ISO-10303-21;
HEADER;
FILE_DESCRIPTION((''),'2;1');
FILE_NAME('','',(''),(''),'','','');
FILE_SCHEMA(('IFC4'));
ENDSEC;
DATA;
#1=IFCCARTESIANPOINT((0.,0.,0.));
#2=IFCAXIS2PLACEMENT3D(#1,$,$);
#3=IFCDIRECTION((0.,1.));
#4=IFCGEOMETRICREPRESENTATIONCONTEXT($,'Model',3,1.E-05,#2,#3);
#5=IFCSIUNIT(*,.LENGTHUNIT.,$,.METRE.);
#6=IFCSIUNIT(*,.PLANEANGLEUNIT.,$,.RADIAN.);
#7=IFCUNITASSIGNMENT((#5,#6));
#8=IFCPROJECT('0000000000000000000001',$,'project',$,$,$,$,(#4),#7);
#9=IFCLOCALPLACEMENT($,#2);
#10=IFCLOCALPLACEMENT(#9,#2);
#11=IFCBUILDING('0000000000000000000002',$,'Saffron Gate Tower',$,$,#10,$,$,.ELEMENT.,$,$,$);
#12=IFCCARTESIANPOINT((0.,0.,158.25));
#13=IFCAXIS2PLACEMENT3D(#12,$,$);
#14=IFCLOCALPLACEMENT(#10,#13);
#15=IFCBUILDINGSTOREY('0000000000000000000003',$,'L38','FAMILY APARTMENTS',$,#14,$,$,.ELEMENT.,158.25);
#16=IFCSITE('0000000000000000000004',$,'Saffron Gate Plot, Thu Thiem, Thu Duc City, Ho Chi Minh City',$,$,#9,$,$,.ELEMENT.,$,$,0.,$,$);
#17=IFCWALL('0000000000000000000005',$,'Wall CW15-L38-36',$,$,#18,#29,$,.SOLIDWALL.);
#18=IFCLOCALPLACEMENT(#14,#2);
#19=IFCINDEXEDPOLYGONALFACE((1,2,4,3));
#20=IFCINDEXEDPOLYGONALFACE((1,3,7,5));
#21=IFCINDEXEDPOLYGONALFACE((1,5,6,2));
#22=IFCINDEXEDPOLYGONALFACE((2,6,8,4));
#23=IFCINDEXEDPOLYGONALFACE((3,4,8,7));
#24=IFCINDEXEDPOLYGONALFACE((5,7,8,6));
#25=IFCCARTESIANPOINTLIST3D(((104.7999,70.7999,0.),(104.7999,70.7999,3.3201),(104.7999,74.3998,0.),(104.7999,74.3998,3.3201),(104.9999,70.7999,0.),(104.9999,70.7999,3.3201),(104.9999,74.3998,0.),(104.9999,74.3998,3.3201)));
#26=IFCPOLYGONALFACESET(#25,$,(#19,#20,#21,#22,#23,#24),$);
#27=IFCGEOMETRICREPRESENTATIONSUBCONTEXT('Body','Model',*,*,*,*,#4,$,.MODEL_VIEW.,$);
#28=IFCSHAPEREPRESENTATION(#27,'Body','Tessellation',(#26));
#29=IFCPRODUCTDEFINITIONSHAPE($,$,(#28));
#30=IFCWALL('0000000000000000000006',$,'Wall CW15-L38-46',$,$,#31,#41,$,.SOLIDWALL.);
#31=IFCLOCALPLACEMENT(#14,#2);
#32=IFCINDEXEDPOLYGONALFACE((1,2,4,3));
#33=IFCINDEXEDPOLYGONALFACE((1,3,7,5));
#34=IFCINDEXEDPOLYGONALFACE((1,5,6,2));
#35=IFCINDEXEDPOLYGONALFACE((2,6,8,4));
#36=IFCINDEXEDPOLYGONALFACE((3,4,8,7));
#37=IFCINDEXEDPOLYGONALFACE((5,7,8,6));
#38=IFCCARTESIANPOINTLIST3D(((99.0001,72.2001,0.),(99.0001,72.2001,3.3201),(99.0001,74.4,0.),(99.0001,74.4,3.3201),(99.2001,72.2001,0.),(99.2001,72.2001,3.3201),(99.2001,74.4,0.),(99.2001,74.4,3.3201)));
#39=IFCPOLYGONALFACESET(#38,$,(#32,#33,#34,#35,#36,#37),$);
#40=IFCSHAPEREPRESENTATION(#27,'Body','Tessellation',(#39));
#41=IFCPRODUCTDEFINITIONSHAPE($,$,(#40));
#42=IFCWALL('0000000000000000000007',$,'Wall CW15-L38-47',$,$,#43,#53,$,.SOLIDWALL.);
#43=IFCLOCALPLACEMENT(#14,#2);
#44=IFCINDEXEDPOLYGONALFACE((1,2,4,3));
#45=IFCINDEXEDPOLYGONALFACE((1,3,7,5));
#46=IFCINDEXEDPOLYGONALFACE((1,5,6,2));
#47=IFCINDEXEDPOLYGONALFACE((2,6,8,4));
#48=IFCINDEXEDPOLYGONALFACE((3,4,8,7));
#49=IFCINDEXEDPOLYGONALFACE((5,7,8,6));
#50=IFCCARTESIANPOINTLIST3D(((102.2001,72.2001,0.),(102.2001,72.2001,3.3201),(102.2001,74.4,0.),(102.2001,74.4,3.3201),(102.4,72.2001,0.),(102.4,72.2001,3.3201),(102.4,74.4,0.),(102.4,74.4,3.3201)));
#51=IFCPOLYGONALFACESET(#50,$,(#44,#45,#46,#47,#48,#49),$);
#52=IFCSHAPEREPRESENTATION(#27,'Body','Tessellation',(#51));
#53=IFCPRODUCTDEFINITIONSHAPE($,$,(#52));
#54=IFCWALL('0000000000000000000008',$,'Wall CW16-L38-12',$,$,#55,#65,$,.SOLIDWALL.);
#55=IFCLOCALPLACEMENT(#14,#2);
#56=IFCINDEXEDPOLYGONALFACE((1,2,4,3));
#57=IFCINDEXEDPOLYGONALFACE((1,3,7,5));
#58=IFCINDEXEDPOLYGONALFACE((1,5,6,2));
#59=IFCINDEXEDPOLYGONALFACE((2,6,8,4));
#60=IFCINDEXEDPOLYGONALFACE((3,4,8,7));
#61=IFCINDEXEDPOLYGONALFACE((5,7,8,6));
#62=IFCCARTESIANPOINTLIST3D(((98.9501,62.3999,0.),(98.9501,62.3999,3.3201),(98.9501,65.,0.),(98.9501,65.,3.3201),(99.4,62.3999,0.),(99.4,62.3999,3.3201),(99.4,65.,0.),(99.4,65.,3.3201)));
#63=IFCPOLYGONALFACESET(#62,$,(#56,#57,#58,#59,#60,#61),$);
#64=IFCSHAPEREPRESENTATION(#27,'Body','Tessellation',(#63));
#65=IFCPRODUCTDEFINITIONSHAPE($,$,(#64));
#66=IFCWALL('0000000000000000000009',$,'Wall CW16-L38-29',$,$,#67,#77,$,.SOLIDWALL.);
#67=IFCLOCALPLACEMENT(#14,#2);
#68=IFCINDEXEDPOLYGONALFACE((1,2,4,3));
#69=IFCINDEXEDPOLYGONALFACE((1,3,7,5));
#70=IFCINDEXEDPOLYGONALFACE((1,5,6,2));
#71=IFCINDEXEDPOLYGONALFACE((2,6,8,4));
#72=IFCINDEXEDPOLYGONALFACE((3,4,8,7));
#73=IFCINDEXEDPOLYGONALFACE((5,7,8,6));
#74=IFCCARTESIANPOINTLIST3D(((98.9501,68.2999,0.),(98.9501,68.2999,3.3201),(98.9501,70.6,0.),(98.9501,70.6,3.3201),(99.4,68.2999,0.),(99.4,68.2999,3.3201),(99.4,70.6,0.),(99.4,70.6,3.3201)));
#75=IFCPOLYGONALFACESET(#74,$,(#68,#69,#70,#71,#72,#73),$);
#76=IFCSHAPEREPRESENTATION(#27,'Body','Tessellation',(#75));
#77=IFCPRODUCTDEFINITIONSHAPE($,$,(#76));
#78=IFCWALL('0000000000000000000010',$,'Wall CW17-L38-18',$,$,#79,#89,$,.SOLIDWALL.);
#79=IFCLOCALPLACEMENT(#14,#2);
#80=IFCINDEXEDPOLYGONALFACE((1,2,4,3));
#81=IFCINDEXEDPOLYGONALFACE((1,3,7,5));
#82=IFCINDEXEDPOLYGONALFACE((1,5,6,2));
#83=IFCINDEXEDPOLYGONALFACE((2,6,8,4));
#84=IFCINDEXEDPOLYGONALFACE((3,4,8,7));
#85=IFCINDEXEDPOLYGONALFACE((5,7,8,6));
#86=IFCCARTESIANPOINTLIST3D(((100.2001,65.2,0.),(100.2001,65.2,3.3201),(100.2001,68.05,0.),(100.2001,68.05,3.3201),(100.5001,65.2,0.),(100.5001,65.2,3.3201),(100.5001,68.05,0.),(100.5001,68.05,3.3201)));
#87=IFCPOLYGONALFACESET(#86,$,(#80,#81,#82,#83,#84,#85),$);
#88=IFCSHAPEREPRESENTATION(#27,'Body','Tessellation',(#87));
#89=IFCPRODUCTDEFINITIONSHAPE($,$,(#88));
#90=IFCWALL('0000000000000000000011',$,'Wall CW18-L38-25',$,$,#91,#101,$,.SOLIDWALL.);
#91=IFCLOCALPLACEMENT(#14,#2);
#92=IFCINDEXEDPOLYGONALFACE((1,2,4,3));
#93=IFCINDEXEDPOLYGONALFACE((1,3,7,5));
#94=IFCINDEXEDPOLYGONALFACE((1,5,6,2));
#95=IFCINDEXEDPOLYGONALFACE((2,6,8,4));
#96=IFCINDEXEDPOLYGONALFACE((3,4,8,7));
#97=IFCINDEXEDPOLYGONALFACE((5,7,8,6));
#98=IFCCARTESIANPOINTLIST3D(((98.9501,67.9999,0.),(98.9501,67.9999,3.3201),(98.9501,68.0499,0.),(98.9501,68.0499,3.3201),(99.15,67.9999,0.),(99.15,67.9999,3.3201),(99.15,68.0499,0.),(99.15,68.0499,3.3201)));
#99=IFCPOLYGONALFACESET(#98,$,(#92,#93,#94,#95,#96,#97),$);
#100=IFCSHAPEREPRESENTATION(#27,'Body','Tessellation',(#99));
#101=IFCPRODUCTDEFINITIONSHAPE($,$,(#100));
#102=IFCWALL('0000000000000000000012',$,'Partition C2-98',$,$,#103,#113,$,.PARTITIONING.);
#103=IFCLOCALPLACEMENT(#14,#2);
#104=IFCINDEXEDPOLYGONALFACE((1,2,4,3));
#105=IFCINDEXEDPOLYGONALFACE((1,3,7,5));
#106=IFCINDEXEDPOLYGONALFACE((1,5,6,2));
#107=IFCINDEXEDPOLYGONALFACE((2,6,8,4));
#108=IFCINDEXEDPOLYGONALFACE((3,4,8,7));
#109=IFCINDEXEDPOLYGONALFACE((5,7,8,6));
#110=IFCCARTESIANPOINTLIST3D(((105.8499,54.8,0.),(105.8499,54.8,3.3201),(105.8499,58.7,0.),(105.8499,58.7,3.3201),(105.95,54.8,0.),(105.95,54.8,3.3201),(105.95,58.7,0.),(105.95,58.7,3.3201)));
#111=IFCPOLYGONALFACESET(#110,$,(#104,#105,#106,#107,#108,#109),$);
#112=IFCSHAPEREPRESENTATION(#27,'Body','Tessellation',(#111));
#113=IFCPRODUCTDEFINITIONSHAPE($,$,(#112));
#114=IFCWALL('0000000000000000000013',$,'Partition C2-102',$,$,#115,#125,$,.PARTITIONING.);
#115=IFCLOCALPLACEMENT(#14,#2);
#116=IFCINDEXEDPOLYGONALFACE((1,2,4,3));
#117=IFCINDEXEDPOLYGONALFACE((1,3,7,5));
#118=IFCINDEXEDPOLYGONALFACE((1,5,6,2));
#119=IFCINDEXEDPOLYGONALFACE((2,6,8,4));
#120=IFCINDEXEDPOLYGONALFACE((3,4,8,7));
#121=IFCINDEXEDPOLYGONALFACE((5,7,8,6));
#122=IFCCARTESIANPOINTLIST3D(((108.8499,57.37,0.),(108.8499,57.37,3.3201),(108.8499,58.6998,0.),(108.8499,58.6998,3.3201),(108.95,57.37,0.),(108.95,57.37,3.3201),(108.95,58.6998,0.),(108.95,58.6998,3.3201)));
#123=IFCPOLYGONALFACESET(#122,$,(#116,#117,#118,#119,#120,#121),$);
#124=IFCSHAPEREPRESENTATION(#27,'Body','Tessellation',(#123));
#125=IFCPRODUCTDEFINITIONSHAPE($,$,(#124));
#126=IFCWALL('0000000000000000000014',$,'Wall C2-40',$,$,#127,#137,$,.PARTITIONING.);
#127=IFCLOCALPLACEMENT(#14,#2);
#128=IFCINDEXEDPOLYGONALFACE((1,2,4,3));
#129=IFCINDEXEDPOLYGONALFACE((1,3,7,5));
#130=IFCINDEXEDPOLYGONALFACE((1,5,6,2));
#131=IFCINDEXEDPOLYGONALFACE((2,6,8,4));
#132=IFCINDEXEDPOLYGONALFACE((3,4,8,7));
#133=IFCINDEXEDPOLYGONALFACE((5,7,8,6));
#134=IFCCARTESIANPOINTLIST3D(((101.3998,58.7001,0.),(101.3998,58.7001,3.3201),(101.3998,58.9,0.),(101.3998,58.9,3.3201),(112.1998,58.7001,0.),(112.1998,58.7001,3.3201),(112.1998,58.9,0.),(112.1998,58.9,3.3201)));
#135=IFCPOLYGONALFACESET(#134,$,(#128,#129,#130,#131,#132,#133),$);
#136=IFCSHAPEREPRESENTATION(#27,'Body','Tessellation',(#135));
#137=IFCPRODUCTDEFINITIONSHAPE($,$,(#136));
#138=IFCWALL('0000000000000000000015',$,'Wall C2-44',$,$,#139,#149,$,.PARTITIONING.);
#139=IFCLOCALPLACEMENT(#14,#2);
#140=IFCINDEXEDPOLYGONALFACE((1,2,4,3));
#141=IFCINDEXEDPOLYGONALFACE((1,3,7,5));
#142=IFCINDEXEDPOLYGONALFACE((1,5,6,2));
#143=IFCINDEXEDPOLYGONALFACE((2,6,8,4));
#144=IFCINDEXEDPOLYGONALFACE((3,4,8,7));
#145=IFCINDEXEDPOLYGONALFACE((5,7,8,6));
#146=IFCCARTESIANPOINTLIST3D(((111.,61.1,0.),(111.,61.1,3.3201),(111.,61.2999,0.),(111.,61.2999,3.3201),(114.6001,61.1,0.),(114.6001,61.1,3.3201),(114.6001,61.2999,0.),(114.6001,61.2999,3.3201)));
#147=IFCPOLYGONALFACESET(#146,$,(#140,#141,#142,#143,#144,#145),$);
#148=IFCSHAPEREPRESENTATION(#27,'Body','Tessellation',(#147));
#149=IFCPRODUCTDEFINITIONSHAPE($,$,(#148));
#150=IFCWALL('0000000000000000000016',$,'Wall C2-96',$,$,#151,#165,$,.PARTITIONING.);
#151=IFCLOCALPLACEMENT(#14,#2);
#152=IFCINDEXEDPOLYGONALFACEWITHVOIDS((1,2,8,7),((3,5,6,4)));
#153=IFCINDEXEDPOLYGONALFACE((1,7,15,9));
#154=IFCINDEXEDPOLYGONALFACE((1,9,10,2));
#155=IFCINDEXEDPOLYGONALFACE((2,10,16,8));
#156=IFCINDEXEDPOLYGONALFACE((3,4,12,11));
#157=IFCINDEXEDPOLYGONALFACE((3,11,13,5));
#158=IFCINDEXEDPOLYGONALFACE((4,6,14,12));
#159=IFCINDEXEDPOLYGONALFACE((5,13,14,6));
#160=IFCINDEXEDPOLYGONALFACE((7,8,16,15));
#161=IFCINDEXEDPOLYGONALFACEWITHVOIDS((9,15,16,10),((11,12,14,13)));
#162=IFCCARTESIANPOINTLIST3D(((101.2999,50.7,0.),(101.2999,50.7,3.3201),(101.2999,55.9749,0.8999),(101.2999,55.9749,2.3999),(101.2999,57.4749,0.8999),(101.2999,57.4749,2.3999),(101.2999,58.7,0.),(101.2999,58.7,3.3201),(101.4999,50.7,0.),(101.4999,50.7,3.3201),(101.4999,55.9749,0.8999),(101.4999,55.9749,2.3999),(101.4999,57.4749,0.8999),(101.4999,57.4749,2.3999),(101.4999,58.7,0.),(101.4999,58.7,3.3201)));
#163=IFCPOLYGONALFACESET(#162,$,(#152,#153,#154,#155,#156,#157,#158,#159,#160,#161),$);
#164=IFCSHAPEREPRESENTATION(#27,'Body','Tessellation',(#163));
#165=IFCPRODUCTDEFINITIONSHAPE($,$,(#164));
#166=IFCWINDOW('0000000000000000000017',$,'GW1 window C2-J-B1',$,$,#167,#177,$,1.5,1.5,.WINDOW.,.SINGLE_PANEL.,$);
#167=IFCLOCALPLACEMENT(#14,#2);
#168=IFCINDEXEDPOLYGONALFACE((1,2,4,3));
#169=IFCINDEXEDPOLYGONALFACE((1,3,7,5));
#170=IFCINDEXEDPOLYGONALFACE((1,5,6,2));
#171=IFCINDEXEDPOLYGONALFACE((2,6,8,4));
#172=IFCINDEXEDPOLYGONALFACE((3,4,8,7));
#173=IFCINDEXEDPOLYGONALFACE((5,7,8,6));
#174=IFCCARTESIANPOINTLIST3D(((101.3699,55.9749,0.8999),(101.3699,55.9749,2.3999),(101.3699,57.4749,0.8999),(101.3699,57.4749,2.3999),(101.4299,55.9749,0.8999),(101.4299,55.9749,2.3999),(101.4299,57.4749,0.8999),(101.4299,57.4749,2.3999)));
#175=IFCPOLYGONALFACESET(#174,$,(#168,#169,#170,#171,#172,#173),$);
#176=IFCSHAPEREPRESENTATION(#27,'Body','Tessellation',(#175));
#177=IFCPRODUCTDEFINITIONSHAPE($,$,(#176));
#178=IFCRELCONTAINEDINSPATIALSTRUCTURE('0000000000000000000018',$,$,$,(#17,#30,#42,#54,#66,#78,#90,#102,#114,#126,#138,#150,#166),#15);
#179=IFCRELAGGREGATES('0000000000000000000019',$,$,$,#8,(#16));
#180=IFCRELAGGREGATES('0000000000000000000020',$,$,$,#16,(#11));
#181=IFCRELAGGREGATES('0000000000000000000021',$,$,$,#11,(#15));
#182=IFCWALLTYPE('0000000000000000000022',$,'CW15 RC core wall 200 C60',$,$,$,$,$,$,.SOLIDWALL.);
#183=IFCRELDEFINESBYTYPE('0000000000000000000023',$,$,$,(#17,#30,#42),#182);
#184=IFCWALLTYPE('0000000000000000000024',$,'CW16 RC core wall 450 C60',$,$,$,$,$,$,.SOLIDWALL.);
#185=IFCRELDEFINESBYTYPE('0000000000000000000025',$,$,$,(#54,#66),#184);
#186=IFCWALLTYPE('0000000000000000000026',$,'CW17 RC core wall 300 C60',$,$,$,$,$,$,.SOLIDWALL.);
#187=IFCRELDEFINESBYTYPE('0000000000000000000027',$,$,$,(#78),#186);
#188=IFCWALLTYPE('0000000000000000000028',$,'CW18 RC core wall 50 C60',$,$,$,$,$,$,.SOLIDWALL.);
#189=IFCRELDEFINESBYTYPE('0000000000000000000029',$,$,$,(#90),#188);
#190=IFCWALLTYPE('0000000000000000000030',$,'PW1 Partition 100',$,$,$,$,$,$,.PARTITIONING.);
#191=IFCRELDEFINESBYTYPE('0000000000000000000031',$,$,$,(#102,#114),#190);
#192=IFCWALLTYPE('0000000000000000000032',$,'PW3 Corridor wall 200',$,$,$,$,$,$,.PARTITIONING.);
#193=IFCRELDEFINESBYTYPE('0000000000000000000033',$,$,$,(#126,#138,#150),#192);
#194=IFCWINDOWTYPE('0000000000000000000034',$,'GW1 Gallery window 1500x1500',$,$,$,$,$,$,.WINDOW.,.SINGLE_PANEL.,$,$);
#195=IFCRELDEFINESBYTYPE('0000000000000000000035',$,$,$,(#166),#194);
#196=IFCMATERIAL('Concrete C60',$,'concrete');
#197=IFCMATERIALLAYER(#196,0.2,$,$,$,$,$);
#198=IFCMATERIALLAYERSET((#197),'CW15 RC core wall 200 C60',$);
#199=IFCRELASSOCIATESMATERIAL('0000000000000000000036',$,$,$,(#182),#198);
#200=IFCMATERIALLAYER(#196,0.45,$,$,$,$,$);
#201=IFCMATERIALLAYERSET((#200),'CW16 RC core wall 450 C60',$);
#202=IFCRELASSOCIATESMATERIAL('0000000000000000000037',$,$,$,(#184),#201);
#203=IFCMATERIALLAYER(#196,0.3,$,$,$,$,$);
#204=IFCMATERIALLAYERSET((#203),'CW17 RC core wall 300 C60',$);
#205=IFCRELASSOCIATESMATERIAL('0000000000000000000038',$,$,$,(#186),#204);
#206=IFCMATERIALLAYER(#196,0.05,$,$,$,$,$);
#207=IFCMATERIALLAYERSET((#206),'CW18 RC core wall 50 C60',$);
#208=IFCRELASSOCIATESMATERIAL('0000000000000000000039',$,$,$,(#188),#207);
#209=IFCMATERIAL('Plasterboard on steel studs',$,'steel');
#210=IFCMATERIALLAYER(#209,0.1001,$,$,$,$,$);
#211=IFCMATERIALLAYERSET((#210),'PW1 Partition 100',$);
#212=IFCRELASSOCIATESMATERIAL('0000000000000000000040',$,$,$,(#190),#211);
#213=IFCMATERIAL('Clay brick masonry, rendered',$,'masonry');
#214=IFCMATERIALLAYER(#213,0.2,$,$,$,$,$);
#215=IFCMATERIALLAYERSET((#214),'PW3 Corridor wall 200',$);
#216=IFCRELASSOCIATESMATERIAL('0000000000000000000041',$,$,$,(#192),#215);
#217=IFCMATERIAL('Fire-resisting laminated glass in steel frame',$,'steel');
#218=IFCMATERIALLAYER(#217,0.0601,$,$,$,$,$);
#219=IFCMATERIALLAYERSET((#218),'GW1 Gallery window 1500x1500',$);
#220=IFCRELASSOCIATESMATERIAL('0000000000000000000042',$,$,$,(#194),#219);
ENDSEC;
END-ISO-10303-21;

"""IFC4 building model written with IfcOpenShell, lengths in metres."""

from ifc_helpers import new_model, si_unit, direction, frame, frame_2d, origin, place, context, subcontext, project, spatial, rectangle, extrude, material, layer, layer_set, type_object, element, fill, save


model = new_model("IFC4")

# Units and contexts
model_context = context("Model", 3, precision=1e-05, world=origin(), true_north=direction((0.0, 1.0)))
body_context = subcontext(model_context, "Body", "Model", "MODEL_VIEW")
ifc_project = project(units=[si_unit("LENGTHUNIT", "METRE"), si_unit("PLANEANGLEUNIT", "RADIAN")], contexts=[model_context])

# Site, building, storey
site_placement = place(None, origin())
site = spatial("IfcSite", under=ifc_project, at=site_placement, Name="Saffron Gate Plot, Thu Thiem, Thu Duc City, Ho Chi Minh City", CompositionType="ELEMENT", RefElevation=0.0)
building_placement = place(site_placement, origin())
building = spatial("IfcBuilding", under=site, at=building_placement, Name="Saffron Gate Tower", CompositionType="ELEMENT")
storey_placement = place(building_placement, frame((0.0, 0.0, 158.25)))
storey = spatial("IfcBuildingStorey", under=building, at=storey_placement, Name="L38", Description="FAMILY APARTMENTS", CompositionType="ELEMENT", Elevation=158.25)

# Shared definitions
ifc_material_1 = material(Name="Concrete C60", Category="concrete")

# Walls
ifc_layer_1 = layer(ifc_material_1, 0.2)
ifc_layer_set_1 = layer_set([ifc_layer_1], Name="CW15 RC core wall 200 C60")
wall_type_1 = type_object("IfcWallType", Name="CW15 RC core wall 200 C60", PredefinedType="SOLIDWALL", material=ifc_layer_set_1)
wall_1_placement = place(storey_placement, frame((104.8999, 70.8, 0.0), z_axis=(0.0, 0.0, 1.0), x_axis=(0.0, 1.0, 0.0)))
element("IfcWall", 1, at=wall_1_placement, inside=storey, type_object=wall_type_1, Name="Wall CW15-L38-36", PredefinedType="SOLIDWALL", context=body_context, shape_type="SweptSolid", body=[
    extrude(rectangle(XDim=3.5999, YDim=0.2, at=frame_2d((1.7998, 0.0))), origin(), (0.0, 0.0, 1.0), 3.3201),
])
for number, where, z_axis, x_axis, name in (
    (2, (99.1001, 72.2, 0.0), (0.0, 0.0, 1.0), (0.0, 1.0, 0.0), "Wall CW15-L38-46"),
    (3, (102.3, 72.2, 0.0), (0.0, 0.0, 1.0), (0.0, 1.0, 0.0), "Wall CW15-L38-47"),
):
    element("IfcWall", number, at=place(storey_placement, frame(where, z_axis=z_axis, x_axis=x_axis)), inside=storey, type_object=wall_type_1, Name=name, PredefinedType="SOLIDWALL", context=body_context, shape_type="SweptSolid", body=[
        extrude(rectangle(XDim=2.2, YDim=0.2, at=frame_2d((1.1001, 0.0))), origin(), (0.0, 0.0, 1.0), 3.3201),
    ])
ifc_layer_2 = layer(ifc_material_1, 0.45)
ifc_layer_set_2 = layer_set([ifc_layer_2], Name="CW16 RC core wall 450 C60")
wall_type_2 = type_object("IfcWallType", Name="CW16 RC core wall 450 C60", PredefinedType="SOLIDWALL", material=ifc_layer_set_2)
wall_2_placement = place(storey_placement, frame((99.175, 62.3999, 0.0), z_axis=(0.0, 0.0, 1.0), x_axis=(0.0, 1.0, 0.0)))
element("IfcWall", 4, at=wall_2_placement, inside=storey, type_object=wall_type_2, Name="Wall CW16-L38-12", PredefinedType="SOLIDWALL", context=body_context, shape_type="SweptSolid", body=[
    extrude(rectangle(XDim=2.6001, YDim=0.45, at=frame_2d((1.3, 0.0))), origin(), (0.0, 0.0, 1.0), 3.3201),
])
wall_3_placement = place(storey_placement, frame((99.175, 68.3, 0.0), z_axis=(0.0, 0.0, 1.0), x_axis=(0.0, 1.0, 0.0)))
element("IfcWall", 5, at=wall_3_placement, inside=storey, type_object=wall_type_2, Name="Wall CW16-L38-29", PredefinedType="SOLIDWALL", context=body_context, shape_type="SweptSolid", body=[
    extrude(rectangle(XDim=2.3, YDim=0.45, at=frame_2d((1.1499, 0.0))), origin(), (0.0, 0.0, 1.0), 3.3201),
])
ifc_layer_3 = layer(ifc_material_1, 0.3)
ifc_layer_set_3 = layer_set([ifc_layer_3], Name="CW17 RC core wall 300 C60")
wall_type_3 = type_object("IfcWallType", Name="CW17 RC core wall 300 C60", PredefinedType="SOLIDWALL", material=ifc_layer_set_3)
wall_4_placement = place(storey_placement, frame((100.3501, 65.2, 0.0), z_axis=(0.0, 0.0, 1.0), x_axis=(0.0, 1.0, 0.0)))
element("IfcWall", 6, at=wall_4_placement, inside=storey, type_object=wall_type_3, Name="Wall CW17-L38-18", PredefinedType="SOLIDWALL", context=body_context, shape_type="SweptSolid", body=[
    extrude(rectangle(XDim=2.8501, YDim=0.3, at=frame_2d((1.425, 0.0))), origin(), (0.0, 0.0, 1.0), 3.3201),
])
ifc_layer_4 = layer(ifc_material_1, 0.05)
ifc_layer_set_4 = layer_set([ifc_layer_4], Name="CW18 RC core wall 50 C60")
wall_type_4 = type_object("IfcWallType", Name="CW18 RC core wall 50 C60", PredefinedType="SOLIDWALL", material=ifc_layer_set_4)
wall_5_placement = place(storey_placement, frame((98.95, 68.0249, 0.0), z_axis=(0.0, 0.0, 1.0), x_axis=(1.0, 0.0, 0.0)))
element("IfcWall", 7, at=wall_5_placement, inside=storey, type_object=wall_type_4, Name="Wall CW18-L38-25", PredefinedType="SOLIDWALL", context=body_context, shape_type="SweptSolid", body=[
    extrude(rectangle(XDim=0.2, YDim=0.05, at=frame_2d((0.1001, 0.0))), origin(), (0.0, 0.0, 1.0), 3.3201),
])
ifc_material_2 = material(Name="Plasterboard on steel studs", Category="steel")
ifc_layer_5 = layer(ifc_material_2, 0.1001)
ifc_layer_set_5 = layer_set([ifc_layer_5], Name="PW1 Partition 100")
wall_type_5 = type_object("IfcWallType", Name="PW1 Partition 100", PredefinedType="PARTITIONING", material=ifc_layer_set_5)
wall_6_placement = place(storey_placement, frame((105.8999, 58.7, 0.0), z_axis=(0.0, 0.0, 1.0), x_axis=(0.0, -1.0, 0.0)))
element("IfcWall", 8, at=wall_6_placement, inside=storey, type_object=wall_type_5, Name="Partition C2-98", PredefinedType="PARTITIONING", context=body_context, shape_type="SweptSolid", body=[
    extrude(rectangle(XDim=3.8999, YDim=0.1001, at=frame_2d((1.95, 0.0))), origin(), (0.0, 0.0, 1.0), 3.3201),
])
wall_7_placement = place(storey_placement, frame((108.8999, 58.7, 0.0), z_axis=(0.0, 0.0, 1.0), x_axis=(0.0, -1.0, 0.0)))
element("IfcWall", 9, at=wall_7_placement, inside=storey, type_object=wall_type_5, Name="Partition C2-102", PredefinedType="PARTITIONING", context=body_context, shape_type="SweptSolid", body=[
    extrude(rectangle(XDim=1.3298, YDim=0.1001, at=frame_2d((0.665, 0.0))), origin(), (0.0, 0.0, 1.0), 3.3201),
])
ifc_material_3 = material(Name="Clay brick masonry, rendered", Category="masonry")
ifc_layer_6 = layer(ifc_material_3, 0.2)
ifc_layer_set_6 = layer_set([ifc_layer_6], Name="PW3 Corridor wall 200")
wall_type_6 = type_object("IfcWallType", Name="PW3 Corridor wall 200", PredefinedType="PARTITIONING", material=ifc_layer_set_6)
wall_8_placement = place(storey_placement, frame((101.3999, 58.8, 0.0), z_axis=(0.0, 0.0, 1.0), x_axis=(1.0, 0.0, 0.0)))
element("IfcWall", 10, at=wall_8_placement, inside=storey, type_object=wall_type_6, Name="Wall C2-40", PredefinedType="PARTITIONING", context=body_context, shape_type="SweptSolid", body=[
    extrude(rectangle(XDim=10.8, YDim=0.2, at=frame_2d((5.3999, 0.0))), origin(), (0.0, 0.0, 1.0), 3.3201),
])
wall_9_placement = place(storey_placement, frame((111.0, 61.2, 0.0), z_axis=(0.0, 0.0, 1.0), x_axis=(1.0, 0.0, 0.0)))
element("IfcWall", 11, at=wall_9_placement, inside=storey, type_object=wall_type_6, Name="Wall C2-44", PredefinedType="PARTITIONING", context=body_context, shape_type="SweptSolid", body=[
    extrude(rectangle(XDim=3.6001, YDim=0.2, at=frame_2d((1.8, 0.0))), origin(), (0.0, 0.0, 1.0), 3.3201),
])

# Wall, opening, window
wall_10_placement = place(storey_placement, frame((101.3999, 58.7, 0.0), z_axis=(0.0, 0.0, 1.0), x_axis=(0.0, -1.0, 0.0)))
wall_10 = element("IfcWall", 12, at=wall_10_placement, inside=storey, type_object=wall_type_6, Name="Wall C2-96", PredefinedType="PARTITIONING", context=body_context, shape_type="SweptSolid", body=[
    extrude(rectangle(XDim=8.0, YDim=0.2, at=frame_2d((4.0, 0.0))), origin(), (0.0, 0.0, 1.0), 3.3201),
])
opening_1_placement = place(wall_10_placement, frame((1.2251, 0.0, 0.8999)))
opening_1 = element("IfcOpeningElement", 13, at=opening_1_placement, cuts=wall_10, PredefinedType="OPENING", context=body_context, shape_type="SweptSolid", body=[
    extrude(rectangle(XDim=1.5, YDim=1.5, at=frame_2d((0.75, 0.75))), frame((0.0, 0.1099, 0.0), z_axis=(0.0, -1.0, 0.0), x_axis=(1.0, 0.0, 0.0)), (0.0, 0.0, 1.0), 0.22),
])
ifc_material_4 = material(Name="Fire-resisting laminated glass in steel frame", Category="steel")
ifc_layer_7 = layer(ifc_material_4, 0.0601)
ifc_layer_set_7 = layer_set([ifc_layer_7], Name="GW1 Gallery window 1500x1500")
window_type = type_object("IfcWindowType", Name="GW1 Gallery window 1500x1500", PartitioningType="SINGLE_PANEL", PredefinedType="WINDOW", material=ifc_layer_set_7)
window_placement = place(opening_1_placement, origin())
window = element("IfcWindow", 14, at=window_placement, inside=storey, type_object=window_type, Name="GW1 window C2-J-B1", OverallHeight=1.5, OverallWidth=1.5, PartitioningType="SINGLE_PANEL", PredefinedType="WINDOW", context=body_context, shape_type="SweptSolid", body=[
    extrude(rectangle(XDim=1.5, YDim=1.5, at=frame_2d((0.75, 0.75))), frame((0.0, 0.03, 0.0), z_axis=(0.0, -1.0, 0.0), x_axis=(1.0, 0.0, 0.0)), (0.0, 0.0, 1.0), 0.0601),
])
fill(opening_1, window)

save(model, "model.ifc")
